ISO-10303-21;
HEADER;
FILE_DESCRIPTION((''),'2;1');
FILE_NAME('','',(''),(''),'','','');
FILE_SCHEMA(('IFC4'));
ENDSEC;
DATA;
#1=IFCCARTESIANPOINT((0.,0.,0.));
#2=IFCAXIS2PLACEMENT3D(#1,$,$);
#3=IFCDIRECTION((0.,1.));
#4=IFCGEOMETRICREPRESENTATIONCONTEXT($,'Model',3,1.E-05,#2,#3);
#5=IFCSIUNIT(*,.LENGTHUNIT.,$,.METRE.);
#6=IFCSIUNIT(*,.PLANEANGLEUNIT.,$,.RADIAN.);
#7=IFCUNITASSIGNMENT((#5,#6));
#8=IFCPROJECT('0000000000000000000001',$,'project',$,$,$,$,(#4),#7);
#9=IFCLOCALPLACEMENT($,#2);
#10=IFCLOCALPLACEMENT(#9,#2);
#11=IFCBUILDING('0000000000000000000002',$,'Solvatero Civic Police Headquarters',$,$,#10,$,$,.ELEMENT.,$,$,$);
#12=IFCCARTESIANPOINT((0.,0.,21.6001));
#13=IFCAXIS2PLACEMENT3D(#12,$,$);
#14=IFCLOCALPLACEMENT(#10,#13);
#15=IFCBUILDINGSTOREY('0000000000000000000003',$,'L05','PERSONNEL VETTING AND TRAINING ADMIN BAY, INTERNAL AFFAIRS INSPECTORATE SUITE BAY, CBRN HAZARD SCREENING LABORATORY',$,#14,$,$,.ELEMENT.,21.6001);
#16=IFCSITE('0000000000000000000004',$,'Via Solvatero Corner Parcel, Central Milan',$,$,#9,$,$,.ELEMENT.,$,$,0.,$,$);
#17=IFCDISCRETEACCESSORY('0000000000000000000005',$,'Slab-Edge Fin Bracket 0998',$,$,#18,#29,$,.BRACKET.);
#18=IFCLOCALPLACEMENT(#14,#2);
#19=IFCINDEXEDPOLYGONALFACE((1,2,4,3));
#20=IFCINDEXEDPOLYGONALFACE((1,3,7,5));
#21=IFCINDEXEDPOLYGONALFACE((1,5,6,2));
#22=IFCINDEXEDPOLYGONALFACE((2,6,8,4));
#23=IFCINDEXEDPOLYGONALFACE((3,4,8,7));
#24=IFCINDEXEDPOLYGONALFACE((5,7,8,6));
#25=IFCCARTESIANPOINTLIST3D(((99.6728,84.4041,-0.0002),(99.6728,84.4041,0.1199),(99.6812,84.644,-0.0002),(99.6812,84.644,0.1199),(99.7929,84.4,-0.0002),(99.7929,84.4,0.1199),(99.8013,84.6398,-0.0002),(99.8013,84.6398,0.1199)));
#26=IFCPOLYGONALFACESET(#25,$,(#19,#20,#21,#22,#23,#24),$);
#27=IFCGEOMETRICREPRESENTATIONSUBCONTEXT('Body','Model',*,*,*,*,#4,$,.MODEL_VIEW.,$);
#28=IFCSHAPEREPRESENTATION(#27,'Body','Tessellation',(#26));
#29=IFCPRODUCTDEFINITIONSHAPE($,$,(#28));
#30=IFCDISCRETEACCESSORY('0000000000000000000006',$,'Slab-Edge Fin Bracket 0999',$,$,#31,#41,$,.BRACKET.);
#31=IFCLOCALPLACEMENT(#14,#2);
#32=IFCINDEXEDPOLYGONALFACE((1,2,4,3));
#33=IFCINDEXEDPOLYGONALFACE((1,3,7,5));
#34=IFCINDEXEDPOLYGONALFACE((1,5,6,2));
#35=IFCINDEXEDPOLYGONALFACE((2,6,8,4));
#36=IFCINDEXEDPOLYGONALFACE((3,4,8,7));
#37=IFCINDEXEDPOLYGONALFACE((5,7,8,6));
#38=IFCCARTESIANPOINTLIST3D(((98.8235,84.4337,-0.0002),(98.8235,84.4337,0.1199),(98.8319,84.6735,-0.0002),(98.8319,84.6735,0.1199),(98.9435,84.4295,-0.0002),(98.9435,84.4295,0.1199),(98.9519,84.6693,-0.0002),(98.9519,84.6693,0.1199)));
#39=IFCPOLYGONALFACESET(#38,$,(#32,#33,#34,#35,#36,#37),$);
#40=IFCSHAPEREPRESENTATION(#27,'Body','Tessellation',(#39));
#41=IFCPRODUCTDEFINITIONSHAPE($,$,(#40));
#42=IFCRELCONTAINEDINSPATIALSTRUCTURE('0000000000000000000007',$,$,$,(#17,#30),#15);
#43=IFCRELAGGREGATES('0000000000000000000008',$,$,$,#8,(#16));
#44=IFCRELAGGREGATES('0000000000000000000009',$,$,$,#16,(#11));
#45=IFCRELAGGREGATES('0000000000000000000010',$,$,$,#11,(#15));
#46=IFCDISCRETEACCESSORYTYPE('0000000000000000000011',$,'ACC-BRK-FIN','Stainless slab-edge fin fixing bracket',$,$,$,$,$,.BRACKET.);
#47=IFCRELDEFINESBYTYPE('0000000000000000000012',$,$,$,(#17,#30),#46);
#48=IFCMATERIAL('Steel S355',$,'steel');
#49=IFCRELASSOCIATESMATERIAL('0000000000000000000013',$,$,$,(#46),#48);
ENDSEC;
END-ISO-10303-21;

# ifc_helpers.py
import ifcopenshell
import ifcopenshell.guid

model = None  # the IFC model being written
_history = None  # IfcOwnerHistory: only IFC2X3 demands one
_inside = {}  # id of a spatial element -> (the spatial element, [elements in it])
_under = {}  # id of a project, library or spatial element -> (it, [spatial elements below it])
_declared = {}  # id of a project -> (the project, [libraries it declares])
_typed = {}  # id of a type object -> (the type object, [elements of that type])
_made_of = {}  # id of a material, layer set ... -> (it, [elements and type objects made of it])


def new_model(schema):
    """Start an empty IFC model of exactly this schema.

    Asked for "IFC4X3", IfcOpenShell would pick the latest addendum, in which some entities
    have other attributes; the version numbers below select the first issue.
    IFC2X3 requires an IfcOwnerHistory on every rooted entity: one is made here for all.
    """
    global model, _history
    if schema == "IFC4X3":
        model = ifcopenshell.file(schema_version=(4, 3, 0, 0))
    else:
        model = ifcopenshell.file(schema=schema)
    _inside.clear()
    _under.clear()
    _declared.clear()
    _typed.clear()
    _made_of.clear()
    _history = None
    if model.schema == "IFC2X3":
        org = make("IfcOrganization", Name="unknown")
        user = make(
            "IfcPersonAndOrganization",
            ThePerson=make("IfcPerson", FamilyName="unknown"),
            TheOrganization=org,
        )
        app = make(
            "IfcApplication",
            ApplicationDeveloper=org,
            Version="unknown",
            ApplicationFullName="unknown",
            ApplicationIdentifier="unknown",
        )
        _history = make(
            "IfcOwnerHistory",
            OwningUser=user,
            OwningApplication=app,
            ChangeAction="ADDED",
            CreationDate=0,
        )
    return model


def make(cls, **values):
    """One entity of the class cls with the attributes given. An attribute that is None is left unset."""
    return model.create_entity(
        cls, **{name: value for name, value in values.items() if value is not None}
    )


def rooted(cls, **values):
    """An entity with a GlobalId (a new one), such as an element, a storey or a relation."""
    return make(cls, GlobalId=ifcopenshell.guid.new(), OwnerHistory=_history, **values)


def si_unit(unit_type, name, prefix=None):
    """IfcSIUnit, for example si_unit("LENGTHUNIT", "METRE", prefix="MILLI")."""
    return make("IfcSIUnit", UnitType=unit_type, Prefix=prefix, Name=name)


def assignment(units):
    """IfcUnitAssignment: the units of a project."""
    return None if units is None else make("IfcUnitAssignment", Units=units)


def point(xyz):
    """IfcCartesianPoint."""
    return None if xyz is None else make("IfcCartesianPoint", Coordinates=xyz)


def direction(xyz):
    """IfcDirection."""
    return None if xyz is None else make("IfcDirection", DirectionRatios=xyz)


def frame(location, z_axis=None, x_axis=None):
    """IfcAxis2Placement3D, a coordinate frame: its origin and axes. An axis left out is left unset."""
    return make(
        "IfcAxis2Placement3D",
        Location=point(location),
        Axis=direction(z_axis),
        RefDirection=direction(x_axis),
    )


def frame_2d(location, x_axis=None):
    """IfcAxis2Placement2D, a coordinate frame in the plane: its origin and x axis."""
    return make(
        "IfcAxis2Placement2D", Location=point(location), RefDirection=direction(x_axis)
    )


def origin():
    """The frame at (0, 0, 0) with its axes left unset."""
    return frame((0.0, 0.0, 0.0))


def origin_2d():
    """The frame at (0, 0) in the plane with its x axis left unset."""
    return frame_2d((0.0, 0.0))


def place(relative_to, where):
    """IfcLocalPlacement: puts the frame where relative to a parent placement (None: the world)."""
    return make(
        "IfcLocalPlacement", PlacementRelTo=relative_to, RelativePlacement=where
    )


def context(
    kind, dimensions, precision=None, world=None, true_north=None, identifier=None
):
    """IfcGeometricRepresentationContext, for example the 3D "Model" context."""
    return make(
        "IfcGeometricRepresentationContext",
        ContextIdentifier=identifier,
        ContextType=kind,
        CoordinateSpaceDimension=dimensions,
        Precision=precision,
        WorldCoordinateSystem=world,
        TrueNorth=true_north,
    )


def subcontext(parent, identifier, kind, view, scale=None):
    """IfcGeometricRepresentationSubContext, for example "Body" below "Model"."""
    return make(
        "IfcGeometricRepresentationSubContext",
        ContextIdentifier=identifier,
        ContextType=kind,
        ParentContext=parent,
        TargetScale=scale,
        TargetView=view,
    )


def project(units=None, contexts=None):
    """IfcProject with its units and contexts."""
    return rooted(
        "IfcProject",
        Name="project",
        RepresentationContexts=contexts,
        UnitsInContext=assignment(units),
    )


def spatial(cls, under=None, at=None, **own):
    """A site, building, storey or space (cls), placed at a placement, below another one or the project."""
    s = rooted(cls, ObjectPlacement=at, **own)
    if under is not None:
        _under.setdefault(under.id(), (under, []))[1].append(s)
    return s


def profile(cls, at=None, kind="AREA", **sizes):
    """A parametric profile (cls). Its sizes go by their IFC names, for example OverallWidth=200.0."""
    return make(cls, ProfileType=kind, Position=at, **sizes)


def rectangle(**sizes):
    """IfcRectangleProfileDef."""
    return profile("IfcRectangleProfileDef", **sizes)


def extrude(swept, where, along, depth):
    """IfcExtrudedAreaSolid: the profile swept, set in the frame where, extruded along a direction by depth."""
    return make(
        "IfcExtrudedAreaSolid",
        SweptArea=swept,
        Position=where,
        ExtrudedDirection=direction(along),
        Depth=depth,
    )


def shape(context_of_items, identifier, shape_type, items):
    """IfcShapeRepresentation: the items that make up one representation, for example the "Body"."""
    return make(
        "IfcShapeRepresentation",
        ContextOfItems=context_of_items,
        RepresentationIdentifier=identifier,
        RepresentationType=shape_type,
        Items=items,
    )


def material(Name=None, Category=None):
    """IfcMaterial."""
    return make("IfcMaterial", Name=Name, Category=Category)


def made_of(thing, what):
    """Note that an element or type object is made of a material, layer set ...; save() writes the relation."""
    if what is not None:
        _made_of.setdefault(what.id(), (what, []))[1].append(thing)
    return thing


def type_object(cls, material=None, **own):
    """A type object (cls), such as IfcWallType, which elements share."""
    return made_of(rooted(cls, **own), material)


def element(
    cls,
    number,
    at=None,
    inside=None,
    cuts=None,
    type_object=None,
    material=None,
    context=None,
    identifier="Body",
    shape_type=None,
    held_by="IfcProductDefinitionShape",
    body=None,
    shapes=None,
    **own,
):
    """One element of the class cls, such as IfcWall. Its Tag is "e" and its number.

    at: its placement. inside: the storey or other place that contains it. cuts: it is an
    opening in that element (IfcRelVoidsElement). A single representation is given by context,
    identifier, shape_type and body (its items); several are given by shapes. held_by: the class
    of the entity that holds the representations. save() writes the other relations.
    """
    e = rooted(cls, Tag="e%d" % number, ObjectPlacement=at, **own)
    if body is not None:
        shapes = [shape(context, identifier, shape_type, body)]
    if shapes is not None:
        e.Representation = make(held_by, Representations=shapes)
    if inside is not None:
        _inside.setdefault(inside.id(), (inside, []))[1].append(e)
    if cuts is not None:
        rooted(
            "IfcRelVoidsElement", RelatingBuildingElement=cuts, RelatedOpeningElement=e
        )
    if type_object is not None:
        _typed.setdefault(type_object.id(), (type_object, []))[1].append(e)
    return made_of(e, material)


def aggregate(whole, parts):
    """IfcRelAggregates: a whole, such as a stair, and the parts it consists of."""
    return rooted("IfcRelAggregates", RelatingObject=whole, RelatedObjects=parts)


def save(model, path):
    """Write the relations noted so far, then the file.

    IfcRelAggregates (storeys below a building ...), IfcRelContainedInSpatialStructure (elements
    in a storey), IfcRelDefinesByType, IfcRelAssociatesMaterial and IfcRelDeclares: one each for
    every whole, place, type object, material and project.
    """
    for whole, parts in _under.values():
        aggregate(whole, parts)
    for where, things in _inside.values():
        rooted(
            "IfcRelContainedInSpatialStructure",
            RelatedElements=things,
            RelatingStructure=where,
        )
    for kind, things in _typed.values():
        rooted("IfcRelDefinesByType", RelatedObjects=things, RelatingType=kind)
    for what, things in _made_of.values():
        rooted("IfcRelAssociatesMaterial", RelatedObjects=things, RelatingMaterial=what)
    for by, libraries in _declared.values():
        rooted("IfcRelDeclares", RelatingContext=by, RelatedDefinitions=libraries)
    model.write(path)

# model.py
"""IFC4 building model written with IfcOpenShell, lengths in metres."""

from ifc_helpers import new_model, si_unit, direction, frame, origin, origin_2d, place, context, subcontext, project, spatial, rectangle, extrude, material, type_object, element, save


model = new_model("IFC4")

# Units and contexts
model_context = context("Model", 3, precision=1e-05, world=origin(), true_north=direction((0.0, 1.0)))
body_context = subcontext(model_context, "Body", "Model", "MODEL_VIEW")
ifc_project = project(units=[si_unit("LENGTHUNIT", "METRE"), si_unit("PLANEANGLEUNIT", "RADIAN")], contexts=[model_context])

# Site, building, storey
site_placement = place(None, origin())
site = spatial("IfcSite", under=ifc_project, at=site_placement, Name="Via Solvatero Corner Parcel, Central Milan", CompositionType="ELEMENT", RefElevation=0.0)
building_placement = place(site_placement, origin())
building = spatial("IfcBuilding", under=site, at=building_placement, Name="Solvatero Civic Police Headquarters", CompositionType="ELEMENT")
storey_placement = place(building_placement, frame((0.0, 0.0, 21.6001)))
storey = spatial("IfcBuildingStorey", under=building, at=storey_placement, Name="L05", Description="PERSONNEL VETTING AND TRAINING ADMIN BAY, INTERNAL AFFAIRS INSPECTORATE SUITE BAY, CBRN HAZARD SCREENING LABORATORY", CompositionType="ELEMENT", Elevation=21.6001)

# Shared definitions
ifc_material_1 = material(Name="Steel S355", Category="steel")

# Discrete accessories
discrete_accessory_type = type_object("IfcDiscreteAccessoryType", Name="ACC-BRK-FIN", Description="Stainless slab-edge fin fixing bracket", PredefinedType="BRACKET", material=ifc_material_1)
for number, where, z_axis, x_axis, name in (
    (1, (99.7371, 84.522, -0.0002), (0.0, 0.0, 1.0), (-0.99939, 0.034917, 0.0), "Slab-Edge Fin Bracket 0998"),
    (2, (98.8877, 84.5515, -0.0002), (0.0, 0.0, 1.0), (-0.99939, 0.034917, 0.0), "Slab-Edge Fin Bracket 0999"),
):
    element("IfcDiscreteAccessory", number, at=place(storey_placement, frame(where, z_axis=z_axis, x_axis=x_axis)), inside=storey, type_object=discrete_accessory_type, Name=name, PredefinedType="BRACKET", context=body_context, shape_type="SweptSolid", body=[
        extrude(rectangle(XDim=0.1201, YDim=0.24, at=origin_2d()), origin(), (0.0, 0.0, 1.0), 0.1201),
    ])

save(model, "model.ifc")
